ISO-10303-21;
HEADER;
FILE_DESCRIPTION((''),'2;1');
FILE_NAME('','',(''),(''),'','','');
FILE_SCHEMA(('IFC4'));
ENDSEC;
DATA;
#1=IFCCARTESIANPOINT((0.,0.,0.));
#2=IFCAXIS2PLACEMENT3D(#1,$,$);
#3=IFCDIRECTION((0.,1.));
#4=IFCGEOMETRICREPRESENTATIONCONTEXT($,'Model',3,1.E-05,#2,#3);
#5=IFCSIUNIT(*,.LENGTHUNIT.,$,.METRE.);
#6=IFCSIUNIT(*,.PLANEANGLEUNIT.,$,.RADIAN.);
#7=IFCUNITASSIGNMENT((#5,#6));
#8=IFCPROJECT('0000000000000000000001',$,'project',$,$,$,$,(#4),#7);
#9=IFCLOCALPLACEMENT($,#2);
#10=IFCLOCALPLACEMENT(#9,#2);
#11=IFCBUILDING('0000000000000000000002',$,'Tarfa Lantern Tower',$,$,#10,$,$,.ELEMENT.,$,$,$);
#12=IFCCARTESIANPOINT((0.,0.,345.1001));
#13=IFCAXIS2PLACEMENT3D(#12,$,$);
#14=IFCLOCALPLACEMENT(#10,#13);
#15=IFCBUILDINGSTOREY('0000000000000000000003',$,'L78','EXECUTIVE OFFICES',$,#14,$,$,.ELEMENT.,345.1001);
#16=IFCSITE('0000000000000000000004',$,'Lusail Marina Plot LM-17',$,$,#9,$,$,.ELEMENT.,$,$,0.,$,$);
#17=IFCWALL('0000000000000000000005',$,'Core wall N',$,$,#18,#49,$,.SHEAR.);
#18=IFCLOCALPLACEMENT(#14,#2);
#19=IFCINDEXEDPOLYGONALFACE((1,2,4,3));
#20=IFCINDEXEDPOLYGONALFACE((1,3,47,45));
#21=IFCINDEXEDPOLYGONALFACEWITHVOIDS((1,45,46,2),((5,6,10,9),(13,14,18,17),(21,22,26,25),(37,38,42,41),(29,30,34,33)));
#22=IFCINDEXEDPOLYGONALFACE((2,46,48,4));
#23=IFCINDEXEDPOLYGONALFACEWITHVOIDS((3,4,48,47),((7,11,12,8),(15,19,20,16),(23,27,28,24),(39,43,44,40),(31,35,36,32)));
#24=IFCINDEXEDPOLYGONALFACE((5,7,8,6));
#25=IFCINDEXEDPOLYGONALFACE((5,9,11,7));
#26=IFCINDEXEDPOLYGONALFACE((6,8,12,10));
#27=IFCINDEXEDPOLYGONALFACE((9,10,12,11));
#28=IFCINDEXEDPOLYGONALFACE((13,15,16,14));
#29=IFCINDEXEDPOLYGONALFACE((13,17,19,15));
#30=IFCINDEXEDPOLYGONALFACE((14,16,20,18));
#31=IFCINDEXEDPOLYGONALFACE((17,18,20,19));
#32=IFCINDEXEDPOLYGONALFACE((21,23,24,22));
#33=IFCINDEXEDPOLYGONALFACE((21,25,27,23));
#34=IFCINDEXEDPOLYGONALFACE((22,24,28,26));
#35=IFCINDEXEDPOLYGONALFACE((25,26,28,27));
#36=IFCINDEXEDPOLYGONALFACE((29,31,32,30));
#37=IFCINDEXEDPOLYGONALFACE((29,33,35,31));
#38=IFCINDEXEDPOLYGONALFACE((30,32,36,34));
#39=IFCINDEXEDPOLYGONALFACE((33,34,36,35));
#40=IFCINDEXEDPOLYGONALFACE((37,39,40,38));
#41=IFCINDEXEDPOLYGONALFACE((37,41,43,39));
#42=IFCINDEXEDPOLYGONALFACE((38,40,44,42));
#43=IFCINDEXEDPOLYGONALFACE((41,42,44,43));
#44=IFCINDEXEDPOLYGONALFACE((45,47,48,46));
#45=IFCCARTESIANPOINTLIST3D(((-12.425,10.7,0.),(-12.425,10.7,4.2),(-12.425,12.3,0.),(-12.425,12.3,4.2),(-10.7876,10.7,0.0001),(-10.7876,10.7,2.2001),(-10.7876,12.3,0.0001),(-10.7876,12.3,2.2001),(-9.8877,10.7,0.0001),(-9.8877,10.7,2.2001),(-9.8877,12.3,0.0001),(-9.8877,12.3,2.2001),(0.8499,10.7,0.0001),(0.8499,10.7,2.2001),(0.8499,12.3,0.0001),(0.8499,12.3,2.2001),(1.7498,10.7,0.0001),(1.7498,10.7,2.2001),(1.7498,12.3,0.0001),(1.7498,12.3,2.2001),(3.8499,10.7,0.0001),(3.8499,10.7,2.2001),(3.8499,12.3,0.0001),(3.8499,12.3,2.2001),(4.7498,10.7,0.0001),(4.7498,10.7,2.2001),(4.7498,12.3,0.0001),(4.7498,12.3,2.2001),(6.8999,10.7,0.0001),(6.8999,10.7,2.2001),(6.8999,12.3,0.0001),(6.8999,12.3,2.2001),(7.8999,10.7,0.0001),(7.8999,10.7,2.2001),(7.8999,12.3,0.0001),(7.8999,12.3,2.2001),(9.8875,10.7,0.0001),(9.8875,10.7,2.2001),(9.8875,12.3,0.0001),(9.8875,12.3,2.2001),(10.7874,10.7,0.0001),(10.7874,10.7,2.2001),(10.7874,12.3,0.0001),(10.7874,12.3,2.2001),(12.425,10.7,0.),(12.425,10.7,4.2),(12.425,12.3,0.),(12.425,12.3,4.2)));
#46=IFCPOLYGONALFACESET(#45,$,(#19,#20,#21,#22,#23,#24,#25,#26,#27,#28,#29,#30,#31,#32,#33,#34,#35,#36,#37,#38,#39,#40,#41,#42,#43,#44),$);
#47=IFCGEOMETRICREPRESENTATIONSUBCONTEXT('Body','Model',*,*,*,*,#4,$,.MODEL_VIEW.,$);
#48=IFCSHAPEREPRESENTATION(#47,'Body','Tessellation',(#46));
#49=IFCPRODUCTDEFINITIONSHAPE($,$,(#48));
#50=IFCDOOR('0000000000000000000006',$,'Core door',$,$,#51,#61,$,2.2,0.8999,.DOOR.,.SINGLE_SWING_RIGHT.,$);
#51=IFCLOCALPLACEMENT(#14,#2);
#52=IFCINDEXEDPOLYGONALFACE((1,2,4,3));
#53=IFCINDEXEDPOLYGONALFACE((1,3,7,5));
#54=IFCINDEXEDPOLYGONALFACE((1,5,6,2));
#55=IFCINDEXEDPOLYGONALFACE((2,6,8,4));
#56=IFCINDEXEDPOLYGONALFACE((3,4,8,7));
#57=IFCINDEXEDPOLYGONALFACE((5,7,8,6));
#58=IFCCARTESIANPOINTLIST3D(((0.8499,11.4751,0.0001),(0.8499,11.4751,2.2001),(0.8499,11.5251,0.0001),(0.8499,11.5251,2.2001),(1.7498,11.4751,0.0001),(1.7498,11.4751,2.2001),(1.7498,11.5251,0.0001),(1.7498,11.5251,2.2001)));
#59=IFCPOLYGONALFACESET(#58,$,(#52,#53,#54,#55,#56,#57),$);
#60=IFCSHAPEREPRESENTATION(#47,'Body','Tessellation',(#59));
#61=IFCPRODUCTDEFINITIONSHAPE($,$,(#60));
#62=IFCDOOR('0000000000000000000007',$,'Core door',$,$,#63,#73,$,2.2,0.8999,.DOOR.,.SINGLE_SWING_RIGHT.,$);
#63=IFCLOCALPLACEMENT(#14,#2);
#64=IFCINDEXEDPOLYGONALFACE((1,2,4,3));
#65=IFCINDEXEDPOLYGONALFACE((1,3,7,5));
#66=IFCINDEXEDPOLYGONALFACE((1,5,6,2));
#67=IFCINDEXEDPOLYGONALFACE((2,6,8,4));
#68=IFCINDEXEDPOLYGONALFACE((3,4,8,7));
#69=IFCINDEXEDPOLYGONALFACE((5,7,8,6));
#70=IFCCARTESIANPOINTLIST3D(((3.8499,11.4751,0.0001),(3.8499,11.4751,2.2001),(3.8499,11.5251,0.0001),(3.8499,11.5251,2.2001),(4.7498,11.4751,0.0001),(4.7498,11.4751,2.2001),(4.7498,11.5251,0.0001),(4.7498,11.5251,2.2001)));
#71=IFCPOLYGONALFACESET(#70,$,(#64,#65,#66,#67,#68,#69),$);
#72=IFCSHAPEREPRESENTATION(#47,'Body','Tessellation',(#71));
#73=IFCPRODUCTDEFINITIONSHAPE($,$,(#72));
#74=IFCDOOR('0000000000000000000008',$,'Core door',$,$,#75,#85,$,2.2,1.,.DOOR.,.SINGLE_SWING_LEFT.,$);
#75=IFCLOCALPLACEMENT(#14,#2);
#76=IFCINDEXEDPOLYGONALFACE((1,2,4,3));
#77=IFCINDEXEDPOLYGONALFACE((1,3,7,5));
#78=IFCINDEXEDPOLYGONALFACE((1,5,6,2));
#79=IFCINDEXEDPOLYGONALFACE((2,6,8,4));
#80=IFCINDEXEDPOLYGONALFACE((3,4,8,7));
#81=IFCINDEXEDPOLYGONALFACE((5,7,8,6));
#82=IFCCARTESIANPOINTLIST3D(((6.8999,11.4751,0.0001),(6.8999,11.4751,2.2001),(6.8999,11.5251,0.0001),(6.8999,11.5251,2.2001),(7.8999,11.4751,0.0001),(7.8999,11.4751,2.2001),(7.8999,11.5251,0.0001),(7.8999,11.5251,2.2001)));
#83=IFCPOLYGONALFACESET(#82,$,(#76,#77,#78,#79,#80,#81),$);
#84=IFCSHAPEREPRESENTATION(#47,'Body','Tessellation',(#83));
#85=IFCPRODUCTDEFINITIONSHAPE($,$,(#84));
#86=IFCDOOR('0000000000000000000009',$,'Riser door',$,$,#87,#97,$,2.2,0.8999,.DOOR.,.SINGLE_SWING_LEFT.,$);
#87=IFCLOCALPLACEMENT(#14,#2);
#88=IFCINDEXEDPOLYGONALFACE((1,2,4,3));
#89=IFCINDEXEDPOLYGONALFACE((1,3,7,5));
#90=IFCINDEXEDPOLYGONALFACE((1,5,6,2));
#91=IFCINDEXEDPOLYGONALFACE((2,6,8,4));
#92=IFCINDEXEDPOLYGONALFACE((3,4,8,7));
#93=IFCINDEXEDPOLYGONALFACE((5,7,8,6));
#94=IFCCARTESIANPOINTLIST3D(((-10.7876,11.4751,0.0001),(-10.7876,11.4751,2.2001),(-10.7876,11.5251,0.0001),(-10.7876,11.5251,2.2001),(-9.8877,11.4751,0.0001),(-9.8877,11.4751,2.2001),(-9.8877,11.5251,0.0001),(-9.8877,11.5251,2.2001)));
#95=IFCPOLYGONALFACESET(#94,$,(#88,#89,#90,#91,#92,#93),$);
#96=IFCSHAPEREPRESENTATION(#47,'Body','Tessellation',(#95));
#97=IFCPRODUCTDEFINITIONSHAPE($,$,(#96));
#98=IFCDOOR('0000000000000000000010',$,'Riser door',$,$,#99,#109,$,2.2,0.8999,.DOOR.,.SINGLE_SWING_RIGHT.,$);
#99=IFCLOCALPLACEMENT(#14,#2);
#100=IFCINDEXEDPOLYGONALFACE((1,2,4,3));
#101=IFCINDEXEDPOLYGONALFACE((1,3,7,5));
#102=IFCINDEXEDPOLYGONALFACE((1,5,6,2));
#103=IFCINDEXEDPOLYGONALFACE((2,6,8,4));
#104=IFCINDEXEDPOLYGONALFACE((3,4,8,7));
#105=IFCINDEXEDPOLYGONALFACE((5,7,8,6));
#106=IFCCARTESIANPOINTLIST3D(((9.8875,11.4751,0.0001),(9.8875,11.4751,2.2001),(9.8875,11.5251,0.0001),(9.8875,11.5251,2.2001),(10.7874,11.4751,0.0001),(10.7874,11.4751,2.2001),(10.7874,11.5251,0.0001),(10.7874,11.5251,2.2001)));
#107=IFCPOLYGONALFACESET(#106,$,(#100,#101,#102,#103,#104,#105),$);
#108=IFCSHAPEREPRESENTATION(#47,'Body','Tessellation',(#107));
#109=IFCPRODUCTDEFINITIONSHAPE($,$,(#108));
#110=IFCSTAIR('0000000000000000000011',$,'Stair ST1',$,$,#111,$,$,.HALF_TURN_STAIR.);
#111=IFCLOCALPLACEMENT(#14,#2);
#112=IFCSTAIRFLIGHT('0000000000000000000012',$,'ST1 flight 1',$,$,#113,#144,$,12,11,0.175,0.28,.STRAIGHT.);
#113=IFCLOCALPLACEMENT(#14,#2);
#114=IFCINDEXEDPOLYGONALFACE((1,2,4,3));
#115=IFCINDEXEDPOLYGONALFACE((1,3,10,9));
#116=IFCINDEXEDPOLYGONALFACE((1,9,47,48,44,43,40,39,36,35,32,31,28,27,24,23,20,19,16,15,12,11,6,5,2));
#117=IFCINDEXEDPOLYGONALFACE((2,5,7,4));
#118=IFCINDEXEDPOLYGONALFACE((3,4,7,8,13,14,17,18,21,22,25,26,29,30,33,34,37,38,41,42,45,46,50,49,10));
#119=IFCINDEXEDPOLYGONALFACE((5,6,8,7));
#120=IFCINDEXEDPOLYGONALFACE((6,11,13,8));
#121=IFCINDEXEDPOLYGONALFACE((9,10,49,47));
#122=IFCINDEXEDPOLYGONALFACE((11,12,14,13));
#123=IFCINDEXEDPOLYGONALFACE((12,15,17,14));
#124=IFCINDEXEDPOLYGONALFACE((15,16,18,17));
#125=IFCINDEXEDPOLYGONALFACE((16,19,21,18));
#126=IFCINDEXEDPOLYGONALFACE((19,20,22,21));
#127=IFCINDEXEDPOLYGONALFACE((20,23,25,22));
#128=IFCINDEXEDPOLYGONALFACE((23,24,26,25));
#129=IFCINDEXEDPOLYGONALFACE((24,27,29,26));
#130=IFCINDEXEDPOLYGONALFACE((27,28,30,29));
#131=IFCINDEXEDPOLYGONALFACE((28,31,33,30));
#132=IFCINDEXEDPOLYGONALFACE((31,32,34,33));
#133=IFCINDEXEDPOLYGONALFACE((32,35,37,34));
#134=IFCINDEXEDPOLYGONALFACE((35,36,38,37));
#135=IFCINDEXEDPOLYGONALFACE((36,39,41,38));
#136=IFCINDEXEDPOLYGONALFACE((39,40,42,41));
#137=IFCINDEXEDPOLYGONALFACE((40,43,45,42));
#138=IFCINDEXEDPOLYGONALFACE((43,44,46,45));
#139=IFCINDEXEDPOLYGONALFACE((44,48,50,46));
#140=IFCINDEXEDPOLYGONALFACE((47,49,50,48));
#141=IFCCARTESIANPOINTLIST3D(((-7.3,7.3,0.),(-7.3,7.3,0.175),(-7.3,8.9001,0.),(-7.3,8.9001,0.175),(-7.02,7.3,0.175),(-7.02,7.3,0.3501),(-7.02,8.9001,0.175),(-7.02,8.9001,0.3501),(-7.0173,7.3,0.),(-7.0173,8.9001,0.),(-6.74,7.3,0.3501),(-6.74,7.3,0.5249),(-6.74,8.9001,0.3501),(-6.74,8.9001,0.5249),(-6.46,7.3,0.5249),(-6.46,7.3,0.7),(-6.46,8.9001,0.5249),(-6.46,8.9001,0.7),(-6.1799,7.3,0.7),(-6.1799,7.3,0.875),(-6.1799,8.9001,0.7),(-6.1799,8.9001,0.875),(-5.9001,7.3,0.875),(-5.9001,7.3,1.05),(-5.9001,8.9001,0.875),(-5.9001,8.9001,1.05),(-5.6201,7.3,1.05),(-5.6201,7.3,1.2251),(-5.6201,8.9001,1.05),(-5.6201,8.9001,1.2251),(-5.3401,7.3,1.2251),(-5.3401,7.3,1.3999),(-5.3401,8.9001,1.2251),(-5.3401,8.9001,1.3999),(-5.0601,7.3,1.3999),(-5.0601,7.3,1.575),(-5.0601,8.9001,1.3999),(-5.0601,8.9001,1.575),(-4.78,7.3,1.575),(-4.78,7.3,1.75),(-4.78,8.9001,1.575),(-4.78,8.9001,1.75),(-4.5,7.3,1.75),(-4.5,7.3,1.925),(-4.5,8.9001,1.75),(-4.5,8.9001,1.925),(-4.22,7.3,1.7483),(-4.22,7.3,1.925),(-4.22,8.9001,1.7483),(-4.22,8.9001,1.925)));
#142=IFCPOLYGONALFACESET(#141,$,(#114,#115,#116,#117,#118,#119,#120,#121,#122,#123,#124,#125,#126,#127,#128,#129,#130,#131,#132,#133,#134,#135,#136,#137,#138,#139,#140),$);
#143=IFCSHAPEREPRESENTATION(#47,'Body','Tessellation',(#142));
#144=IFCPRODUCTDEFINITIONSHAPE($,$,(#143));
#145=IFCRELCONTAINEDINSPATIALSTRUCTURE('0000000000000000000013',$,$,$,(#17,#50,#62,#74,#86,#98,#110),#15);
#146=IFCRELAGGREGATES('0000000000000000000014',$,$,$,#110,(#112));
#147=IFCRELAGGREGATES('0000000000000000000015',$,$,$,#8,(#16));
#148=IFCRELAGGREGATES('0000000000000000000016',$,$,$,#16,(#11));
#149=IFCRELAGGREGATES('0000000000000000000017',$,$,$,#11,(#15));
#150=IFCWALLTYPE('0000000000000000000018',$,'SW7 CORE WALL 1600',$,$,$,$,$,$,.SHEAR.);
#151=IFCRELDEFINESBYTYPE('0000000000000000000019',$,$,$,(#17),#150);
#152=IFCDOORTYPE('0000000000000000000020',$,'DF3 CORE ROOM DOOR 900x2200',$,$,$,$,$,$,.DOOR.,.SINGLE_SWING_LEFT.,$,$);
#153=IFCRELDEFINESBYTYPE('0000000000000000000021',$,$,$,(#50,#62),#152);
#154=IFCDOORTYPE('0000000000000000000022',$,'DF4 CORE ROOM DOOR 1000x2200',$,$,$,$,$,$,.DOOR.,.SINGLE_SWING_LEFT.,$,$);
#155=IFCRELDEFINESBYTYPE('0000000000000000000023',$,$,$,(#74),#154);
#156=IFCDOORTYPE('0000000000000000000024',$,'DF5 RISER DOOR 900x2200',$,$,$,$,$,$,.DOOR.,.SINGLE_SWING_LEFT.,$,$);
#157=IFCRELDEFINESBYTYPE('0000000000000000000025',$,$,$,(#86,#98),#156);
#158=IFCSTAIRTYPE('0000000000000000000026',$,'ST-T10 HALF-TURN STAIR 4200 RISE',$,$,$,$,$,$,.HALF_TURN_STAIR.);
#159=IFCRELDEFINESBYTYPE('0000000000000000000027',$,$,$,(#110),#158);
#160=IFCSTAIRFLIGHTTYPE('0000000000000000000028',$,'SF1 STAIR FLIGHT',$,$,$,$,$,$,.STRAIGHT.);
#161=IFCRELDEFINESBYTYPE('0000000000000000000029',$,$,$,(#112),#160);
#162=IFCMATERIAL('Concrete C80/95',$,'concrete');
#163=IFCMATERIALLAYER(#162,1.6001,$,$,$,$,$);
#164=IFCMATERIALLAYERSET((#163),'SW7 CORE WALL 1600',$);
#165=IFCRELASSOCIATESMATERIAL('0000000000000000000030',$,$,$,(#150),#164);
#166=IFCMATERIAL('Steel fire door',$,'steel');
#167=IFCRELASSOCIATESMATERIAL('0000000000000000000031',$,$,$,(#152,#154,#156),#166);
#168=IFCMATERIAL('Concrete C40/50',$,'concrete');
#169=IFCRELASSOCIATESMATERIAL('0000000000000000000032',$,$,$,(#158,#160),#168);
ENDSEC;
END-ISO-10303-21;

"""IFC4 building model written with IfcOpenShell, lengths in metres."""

from ifc_helpers import new_model, si_unit, direction, frame, frame_2d, origin, place, context, subcontext, project, spatial, polyline, rectangle, outline, extrude, material, layer, layer_set, type_object, element, fill, aggregate, save


model = new_model("IFC4")

# Units and contexts
model_context = context("Model", 3, precision=1e-05, world=origin(), true_north=direction((0.0, 1.0)))
body_context = subcontext(model_context, "Body", "Model", "MODEL_VIEW")
ifc_project = project(units=[si_unit("LENGTHUNIT", "METRE"), si_unit("PLANEANGLEUNIT", "RADIAN")], contexts=[model_context])

# Site, building, storey
site_placement = place(None, origin())
site = spatial("IfcSite", under=ifc_project, at=site_placement, Name="Lusail Marina Plot LM-17", CompositionType="ELEMENT", RefElevation=0.0)
building_placement = place(site_placement, origin())
building = spatial("IfcBuilding", under=site, at=building_placement, Name="Tarfa Lantern Tower", CompositionType="ELEMENT")
storey_placement = place(building_placement, frame((0.0, 0.0, 345.1001)))
storey = spatial("IfcBuildingStorey", under=building, at=storey_placement, Name="L78", Description="EXECUTIVE OFFICES", CompositionType="ELEMENT", Elevation=345.1001)

# Shared definitions
ifc_material_1 = material(Name="Concrete C80/95", Category="concrete")
ifc_material_2 = material(Name="Steel fire door", Category="steel")

# Wall, openings, doors
ifc_layer_1 = layer(ifc_material_1, 1.6001)
ifc_layer_set_1 = layer_set([ifc_layer_1], Name="SW7 CORE WALL 1600")
wall_type_1 = type_object("IfcWallType", Name="SW7 CORE WALL 1600", PredefinedType="SHEAR", material=ifc_layer_set_1)
wall_1_placement = place(storey_placement, frame((-12.425, 11.5, 0.0), z_axis=(0.0, 0.0, 1.0), x_axis=(1.0, 0.0, 0.0)))
wall_1 = element("IfcWall", 1, at=wall_1_placement, inside=storey, type_object=wall_type_1, Name="Core wall N", PredefinedType="SHEAR", context=body_context, shape_type="SweptSolid", body=[
    extrude(rectangle(XDim=24.8501, YDim=1.6001, at=frame_2d((12.425, 0.0))), origin(), (0.0, 0.0, 1.0), 4.2),
])
opening_1_placement = place(wall_1_placement, frame((13.2749, 0.0, 0.0)))
opening_1 = element("IfcOpeningElement", 2, at=opening_1_placement, cuts=wall_1, PredefinedType="OPENING", context=body_context, shape_type="SweptSolid", body=[
    extrude(rectangle(XDim=0.8999, YDim=2.2, at=frame_2d((0.45, 1.1001))), frame((0.0, 0.8101, 0.0), z_axis=(0.0, -1.0, 0.0), x_axis=(1.0, 0.0, 0.0)), (0.0, 0.0, 1.0), 1.6201),
])
opening_2_placement = place(wall_1_placement, frame((16.2749, 0.0, 0.0)))
opening_2 = element("IfcOpeningElement", 3, at=opening_2_placement, cuts=wall_1, PredefinedType="OPENING", context=body_context, shape_type="SweptSolid", body=[
    extrude(rectangle(XDim=0.8999, YDim=2.2, at=frame_2d((0.45, 1.1001))), frame((0.0, 0.8101, 0.0), z_axis=(0.0, -1.0, 0.0), x_axis=(1.0, 0.0, 0.0)), (0.0, 0.0, 1.0), 1.6201),
])
opening_3_placement = place(wall_1_placement, frame((19.325, 0.0, 0.0)))
opening_3 = element("IfcOpeningElement", 4, at=opening_3_placement, cuts=wall_1, PredefinedType="OPENING", context=body_context, shape_type="SweptSolid", body=[
    extrude(rectangle(XDim=1.0, YDim=2.2, at=frame_2d((0.5, 1.1001))), frame((0.0, 0.8101, 0.0), z_axis=(0.0, -1.0, 0.0), x_axis=(1.0, 0.0, 0.0)), (0.0, 0.0, 1.0), 1.6201),
])
opening_4_placement = place(wall_1_placement, frame((1.6375, 0.0, 0.0)))
opening_4 = element("IfcOpeningElement", 5, at=opening_4_placement, cuts=wall_1, PredefinedType="OPENING", context=body_context, shape_type="SweptSolid", body=[
    extrude(rectangle(XDim=0.8999, YDim=2.2, at=frame_2d((0.45, 1.1001))), frame((0.0, 0.8101, 0.0), z_axis=(0.0, -1.0, 0.0), x_axis=(1.0, 0.0, 0.0)), (0.0, 0.0, 1.0), 1.6201),
])
opening_5_placement = place(wall_1_placement, frame((22.3125, 0.0, 0.0)))
opening_5 = element("IfcOpeningElement", 6, at=opening_5_placement, cuts=wall_1, PredefinedType="OPENING", context=body_context, shape_type="SweptSolid", body=[
    extrude(rectangle(XDim=0.8999, YDim=2.2, at=frame_2d((0.45, 1.1001))), frame((0.0, 0.8101, 0.0), z_axis=(0.0, -1.0, 0.0), x_axis=(1.0, 0.0, 0.0)), (0.0, 0.0, 1.0), 1.6201),
])
door_type_1 = type_object("IfcDoorType", Name="DF3 CORE ROOM DOOR 900x2200", OperationType="SINGLE_SWING_LEFT", PredefinedType="DOOR", material=ifc_material_2)
door_1_placement = place(opening_1_placement, frame((0.8999, 0.0, 0.0), z_axis=(0.0, 0.0, 1.0), x_axis=(-1.0, 0.0, 0.0)))
door_1 = element("IfcDoor", 7, at=door_1_placement, inside=storey, type_object=door_type_1, Name="Core door", OperationType="SINGLE_SWING_RIGHT", OverallHeight=2.2, OverallWidth=0.8999, PredefinedType="DOOR", context=body_context, shape_type="SweptSolid", body=[
    extrude(rectangle(XDim=0.8999, YDim=2.2, at=frame_2d((0.45, 1.1001))), frame((0.0, 0.0249, 0.0), z_axis=(0.0, -1.0, 0.0), x_axis=(1.0, 0.0, 0.0)), (0.0, 0.0, 1.0), 0.05),
])
fill(opening_1, door_1)
door_2_placement = place(opening_2_placement, frame((0.8999, 0.0, 0.0), z_axis=(0.0, 0.0, 1.0), x_axis=(-1.0, 0.0, 0.0)))
door_2 = element("IfcDoor", 8, at=door_2_placement, inside=storey, type_object=door_type_1, Name="Core door", OperationType="SINGLE_SWING_RIGHT", OverallHeight=2.2, OverallWidth=0.8999, PredefinedType="DOOR", context=body_context, shape_type="SweptSolid", body=[
    extrude(rectangle(XDim=0.8999, YDim=2.2, at=frame_2d((0.45, 1.1001))), frame((0.0, 0.0249, 0.0), z_axis=(0.0, -1.0, 0.0), x_axis=(1.0, 0.0, 0.0)), (0.0, 0.0, 1.0), 0.05),
])
fill(opening_2, door_2)
door_type_2 = type_object("IfcDoorType", Name="DF4 CORE ROOM DOOR 1000x2200", OperationType="SINGLE_SWING_LEFT", PredefinedType="DOOR", material=ifc_material_2)
door_3_placement = place(opening_3_placement, frame((1.0, 0.0, 0.0), z_axis=(0.0, 0.0, 1.0), x_axis=(-1.0, 0.0, 0.0)))
door_3 = element("IfcDoor", 9, at=door_3_placement, inside=storey, type_object=door_type_2, Name="Core door", OperationType="SINGLE_SWING_LEFT", OverallHeight=2.2, OverallWidth=1.0, PredefinedType="DOOR", context=body_context, shape_type="SweptSolid", body=[
    extrude(rectangle(XDim=1.0, YDim=2.2, at=frame_2d((0.5, 1.1001))), frame((0.0, 0.0249, 0.0), z_axis=(0.0, -1.0, 0.0), x_axis=(1.0, 0.0, 0.0)), (0.0, 0.0, 1.0), 0.05),
])
fill(opening_3, door_3)
door_type_3 = type_object("IfcDoorType", Name="DF5 RISER DOOR 900x2200", OperationType="SINGLE_SWING_LEFT", PredefinedType="DOOR", material=ifc_material_2)
door_4_placement = place(opening_4_placement, frame((0.8999, 0.0, 0.0), z_axis=(0.0, 0.0, 1.0), x_axis=(-1.0, 0.0, 0.0)))
door_4 = element("IfcDoor", 10, at=door_4_placement, inside=storey, type_object=door_type_3, Name="Riser door", OperationType="SINGLE_SWING_LEFT", OverallHeight=2.2, OverallWidth=0.8999, PredefinedType="DOOR", context=body_context, shape_type="SweptSolid", body=[
    extrude(rectangle(XDim=0.8999, YDim=2.2, at=frame_2d((0.45, 1.1001))), frame((0.0, 0.0249, 0.0), z_axis=(0.0, -1.0, 0.0), x_axis=(1.0, 0.0, 0.0)), (0.0, 0.0, 1.0), 0.05),
])
fill(opening_4, door_4)
door_5_placement = place(opening_5_placement, frame((0.8999, 0.0, 0.0), z_axis=(0.0, 0.0, 1.0), x_axis=(-1.0, 0.0, 0.0)))
door_5 = element("IfcDoor", 11, at=door_5_placement, inside=storey, type_object=door_type_3, Name="Riser door", OperationType="SINGLE_SWING_RIGHT", OverallHeight=2.2, OverallWidth=0.8999, PredefinedType="DOOR", context=body_context, shape_type="SweptSolid", body=[
    extrude(rectangle(XDim=0.8999, YDim=2.2, at=frame_2d((0.45, 1.1001))), frame((0.0, 0.0249, 0.0), z_axis=(0.0, -1.0, 0.0), x_axis=(1.0, 0.0, 0.0)), (0.0, 0.0, 1.0), 0.05),
])
fill(opening_5, door_5)

# Stair, stair flight
ifc_material_3 = material(Name="Concrete C40/50", Category="concrete")
stair_type = type_object("IfcStairType", Name="ST-T10 HALF-TURN STAIR 4200 RISE", PredefinedType="HALF_TURN_STAIR", material=ifc_material_3)
stair_placement = place(storey_placement, origin())
stair = element("IfcStair", 12, at=stair_placement, inside=storey, type_object=stair_type, Name="Stair ST1", PredefinedType="HALF_TURN_STAIR")
stair_flight_type = type_object("IfcStairFlightType", Name="SF1 STAIR FLIGHT", PredefinedType="STRAIGHT", material=ifc_material_3)
stair_flight_1_placement = place(storey_placement, frame((-7.3, 8.1001, 0.0), z_axis=(0.0, 0.0, 1.0), x_axis=(1.0, 0.0, 0.0)))
stair_flight_1 = element("IfcStairFlight", 13, at=stair_flight_1_placement, type_object=stair_flight_type, Name="ST1 flight 1", NumberOfRisers=12, NumberOfTreads=11, PredefinedType="STRAIGHT", RiserHeight=0.175, TreadLength=0.28, context=body_context, shape_type="SweptSolid", body=[
    extrude(outline(polyline([(0.0, 0.0), (0.0, 0.175), (0.28, 0.175), (0.28, 0.3501), (0.5601, 0.3501), (0.5601, 0.5249), (0.8401, 0.5249), (0.8401, 0.7), (1.1201, 0.7), (1.1201, 0.875), (1.3999, 0.875), (1.3999, 1.05), (1.6799, 1.05), (1.6799, 1.2251), (1.96, 1.2251), (1.96, 1.3999), (2.24, 1.3999), (2.24, 1.575), (2.52, 1.575), (2.52, 1.75), (2.8, 1.75), (2.8, 1.925), (3.0801, 1.925), (3.0801, 2.1001), (3.0801, 1.7483), (0.2827, 0.0), (0.0, 0.0)])), frame((0.0, 0.8, 0.0), z_axis=(0.0, -1.0, 0.0), x_axis=(1.0, 0.0, 0.0)), (0.0, 0.0, 1.0), 1.6001),
])
aggregate(stair, [stair_flight_1])

save(model, "model.ifc")
